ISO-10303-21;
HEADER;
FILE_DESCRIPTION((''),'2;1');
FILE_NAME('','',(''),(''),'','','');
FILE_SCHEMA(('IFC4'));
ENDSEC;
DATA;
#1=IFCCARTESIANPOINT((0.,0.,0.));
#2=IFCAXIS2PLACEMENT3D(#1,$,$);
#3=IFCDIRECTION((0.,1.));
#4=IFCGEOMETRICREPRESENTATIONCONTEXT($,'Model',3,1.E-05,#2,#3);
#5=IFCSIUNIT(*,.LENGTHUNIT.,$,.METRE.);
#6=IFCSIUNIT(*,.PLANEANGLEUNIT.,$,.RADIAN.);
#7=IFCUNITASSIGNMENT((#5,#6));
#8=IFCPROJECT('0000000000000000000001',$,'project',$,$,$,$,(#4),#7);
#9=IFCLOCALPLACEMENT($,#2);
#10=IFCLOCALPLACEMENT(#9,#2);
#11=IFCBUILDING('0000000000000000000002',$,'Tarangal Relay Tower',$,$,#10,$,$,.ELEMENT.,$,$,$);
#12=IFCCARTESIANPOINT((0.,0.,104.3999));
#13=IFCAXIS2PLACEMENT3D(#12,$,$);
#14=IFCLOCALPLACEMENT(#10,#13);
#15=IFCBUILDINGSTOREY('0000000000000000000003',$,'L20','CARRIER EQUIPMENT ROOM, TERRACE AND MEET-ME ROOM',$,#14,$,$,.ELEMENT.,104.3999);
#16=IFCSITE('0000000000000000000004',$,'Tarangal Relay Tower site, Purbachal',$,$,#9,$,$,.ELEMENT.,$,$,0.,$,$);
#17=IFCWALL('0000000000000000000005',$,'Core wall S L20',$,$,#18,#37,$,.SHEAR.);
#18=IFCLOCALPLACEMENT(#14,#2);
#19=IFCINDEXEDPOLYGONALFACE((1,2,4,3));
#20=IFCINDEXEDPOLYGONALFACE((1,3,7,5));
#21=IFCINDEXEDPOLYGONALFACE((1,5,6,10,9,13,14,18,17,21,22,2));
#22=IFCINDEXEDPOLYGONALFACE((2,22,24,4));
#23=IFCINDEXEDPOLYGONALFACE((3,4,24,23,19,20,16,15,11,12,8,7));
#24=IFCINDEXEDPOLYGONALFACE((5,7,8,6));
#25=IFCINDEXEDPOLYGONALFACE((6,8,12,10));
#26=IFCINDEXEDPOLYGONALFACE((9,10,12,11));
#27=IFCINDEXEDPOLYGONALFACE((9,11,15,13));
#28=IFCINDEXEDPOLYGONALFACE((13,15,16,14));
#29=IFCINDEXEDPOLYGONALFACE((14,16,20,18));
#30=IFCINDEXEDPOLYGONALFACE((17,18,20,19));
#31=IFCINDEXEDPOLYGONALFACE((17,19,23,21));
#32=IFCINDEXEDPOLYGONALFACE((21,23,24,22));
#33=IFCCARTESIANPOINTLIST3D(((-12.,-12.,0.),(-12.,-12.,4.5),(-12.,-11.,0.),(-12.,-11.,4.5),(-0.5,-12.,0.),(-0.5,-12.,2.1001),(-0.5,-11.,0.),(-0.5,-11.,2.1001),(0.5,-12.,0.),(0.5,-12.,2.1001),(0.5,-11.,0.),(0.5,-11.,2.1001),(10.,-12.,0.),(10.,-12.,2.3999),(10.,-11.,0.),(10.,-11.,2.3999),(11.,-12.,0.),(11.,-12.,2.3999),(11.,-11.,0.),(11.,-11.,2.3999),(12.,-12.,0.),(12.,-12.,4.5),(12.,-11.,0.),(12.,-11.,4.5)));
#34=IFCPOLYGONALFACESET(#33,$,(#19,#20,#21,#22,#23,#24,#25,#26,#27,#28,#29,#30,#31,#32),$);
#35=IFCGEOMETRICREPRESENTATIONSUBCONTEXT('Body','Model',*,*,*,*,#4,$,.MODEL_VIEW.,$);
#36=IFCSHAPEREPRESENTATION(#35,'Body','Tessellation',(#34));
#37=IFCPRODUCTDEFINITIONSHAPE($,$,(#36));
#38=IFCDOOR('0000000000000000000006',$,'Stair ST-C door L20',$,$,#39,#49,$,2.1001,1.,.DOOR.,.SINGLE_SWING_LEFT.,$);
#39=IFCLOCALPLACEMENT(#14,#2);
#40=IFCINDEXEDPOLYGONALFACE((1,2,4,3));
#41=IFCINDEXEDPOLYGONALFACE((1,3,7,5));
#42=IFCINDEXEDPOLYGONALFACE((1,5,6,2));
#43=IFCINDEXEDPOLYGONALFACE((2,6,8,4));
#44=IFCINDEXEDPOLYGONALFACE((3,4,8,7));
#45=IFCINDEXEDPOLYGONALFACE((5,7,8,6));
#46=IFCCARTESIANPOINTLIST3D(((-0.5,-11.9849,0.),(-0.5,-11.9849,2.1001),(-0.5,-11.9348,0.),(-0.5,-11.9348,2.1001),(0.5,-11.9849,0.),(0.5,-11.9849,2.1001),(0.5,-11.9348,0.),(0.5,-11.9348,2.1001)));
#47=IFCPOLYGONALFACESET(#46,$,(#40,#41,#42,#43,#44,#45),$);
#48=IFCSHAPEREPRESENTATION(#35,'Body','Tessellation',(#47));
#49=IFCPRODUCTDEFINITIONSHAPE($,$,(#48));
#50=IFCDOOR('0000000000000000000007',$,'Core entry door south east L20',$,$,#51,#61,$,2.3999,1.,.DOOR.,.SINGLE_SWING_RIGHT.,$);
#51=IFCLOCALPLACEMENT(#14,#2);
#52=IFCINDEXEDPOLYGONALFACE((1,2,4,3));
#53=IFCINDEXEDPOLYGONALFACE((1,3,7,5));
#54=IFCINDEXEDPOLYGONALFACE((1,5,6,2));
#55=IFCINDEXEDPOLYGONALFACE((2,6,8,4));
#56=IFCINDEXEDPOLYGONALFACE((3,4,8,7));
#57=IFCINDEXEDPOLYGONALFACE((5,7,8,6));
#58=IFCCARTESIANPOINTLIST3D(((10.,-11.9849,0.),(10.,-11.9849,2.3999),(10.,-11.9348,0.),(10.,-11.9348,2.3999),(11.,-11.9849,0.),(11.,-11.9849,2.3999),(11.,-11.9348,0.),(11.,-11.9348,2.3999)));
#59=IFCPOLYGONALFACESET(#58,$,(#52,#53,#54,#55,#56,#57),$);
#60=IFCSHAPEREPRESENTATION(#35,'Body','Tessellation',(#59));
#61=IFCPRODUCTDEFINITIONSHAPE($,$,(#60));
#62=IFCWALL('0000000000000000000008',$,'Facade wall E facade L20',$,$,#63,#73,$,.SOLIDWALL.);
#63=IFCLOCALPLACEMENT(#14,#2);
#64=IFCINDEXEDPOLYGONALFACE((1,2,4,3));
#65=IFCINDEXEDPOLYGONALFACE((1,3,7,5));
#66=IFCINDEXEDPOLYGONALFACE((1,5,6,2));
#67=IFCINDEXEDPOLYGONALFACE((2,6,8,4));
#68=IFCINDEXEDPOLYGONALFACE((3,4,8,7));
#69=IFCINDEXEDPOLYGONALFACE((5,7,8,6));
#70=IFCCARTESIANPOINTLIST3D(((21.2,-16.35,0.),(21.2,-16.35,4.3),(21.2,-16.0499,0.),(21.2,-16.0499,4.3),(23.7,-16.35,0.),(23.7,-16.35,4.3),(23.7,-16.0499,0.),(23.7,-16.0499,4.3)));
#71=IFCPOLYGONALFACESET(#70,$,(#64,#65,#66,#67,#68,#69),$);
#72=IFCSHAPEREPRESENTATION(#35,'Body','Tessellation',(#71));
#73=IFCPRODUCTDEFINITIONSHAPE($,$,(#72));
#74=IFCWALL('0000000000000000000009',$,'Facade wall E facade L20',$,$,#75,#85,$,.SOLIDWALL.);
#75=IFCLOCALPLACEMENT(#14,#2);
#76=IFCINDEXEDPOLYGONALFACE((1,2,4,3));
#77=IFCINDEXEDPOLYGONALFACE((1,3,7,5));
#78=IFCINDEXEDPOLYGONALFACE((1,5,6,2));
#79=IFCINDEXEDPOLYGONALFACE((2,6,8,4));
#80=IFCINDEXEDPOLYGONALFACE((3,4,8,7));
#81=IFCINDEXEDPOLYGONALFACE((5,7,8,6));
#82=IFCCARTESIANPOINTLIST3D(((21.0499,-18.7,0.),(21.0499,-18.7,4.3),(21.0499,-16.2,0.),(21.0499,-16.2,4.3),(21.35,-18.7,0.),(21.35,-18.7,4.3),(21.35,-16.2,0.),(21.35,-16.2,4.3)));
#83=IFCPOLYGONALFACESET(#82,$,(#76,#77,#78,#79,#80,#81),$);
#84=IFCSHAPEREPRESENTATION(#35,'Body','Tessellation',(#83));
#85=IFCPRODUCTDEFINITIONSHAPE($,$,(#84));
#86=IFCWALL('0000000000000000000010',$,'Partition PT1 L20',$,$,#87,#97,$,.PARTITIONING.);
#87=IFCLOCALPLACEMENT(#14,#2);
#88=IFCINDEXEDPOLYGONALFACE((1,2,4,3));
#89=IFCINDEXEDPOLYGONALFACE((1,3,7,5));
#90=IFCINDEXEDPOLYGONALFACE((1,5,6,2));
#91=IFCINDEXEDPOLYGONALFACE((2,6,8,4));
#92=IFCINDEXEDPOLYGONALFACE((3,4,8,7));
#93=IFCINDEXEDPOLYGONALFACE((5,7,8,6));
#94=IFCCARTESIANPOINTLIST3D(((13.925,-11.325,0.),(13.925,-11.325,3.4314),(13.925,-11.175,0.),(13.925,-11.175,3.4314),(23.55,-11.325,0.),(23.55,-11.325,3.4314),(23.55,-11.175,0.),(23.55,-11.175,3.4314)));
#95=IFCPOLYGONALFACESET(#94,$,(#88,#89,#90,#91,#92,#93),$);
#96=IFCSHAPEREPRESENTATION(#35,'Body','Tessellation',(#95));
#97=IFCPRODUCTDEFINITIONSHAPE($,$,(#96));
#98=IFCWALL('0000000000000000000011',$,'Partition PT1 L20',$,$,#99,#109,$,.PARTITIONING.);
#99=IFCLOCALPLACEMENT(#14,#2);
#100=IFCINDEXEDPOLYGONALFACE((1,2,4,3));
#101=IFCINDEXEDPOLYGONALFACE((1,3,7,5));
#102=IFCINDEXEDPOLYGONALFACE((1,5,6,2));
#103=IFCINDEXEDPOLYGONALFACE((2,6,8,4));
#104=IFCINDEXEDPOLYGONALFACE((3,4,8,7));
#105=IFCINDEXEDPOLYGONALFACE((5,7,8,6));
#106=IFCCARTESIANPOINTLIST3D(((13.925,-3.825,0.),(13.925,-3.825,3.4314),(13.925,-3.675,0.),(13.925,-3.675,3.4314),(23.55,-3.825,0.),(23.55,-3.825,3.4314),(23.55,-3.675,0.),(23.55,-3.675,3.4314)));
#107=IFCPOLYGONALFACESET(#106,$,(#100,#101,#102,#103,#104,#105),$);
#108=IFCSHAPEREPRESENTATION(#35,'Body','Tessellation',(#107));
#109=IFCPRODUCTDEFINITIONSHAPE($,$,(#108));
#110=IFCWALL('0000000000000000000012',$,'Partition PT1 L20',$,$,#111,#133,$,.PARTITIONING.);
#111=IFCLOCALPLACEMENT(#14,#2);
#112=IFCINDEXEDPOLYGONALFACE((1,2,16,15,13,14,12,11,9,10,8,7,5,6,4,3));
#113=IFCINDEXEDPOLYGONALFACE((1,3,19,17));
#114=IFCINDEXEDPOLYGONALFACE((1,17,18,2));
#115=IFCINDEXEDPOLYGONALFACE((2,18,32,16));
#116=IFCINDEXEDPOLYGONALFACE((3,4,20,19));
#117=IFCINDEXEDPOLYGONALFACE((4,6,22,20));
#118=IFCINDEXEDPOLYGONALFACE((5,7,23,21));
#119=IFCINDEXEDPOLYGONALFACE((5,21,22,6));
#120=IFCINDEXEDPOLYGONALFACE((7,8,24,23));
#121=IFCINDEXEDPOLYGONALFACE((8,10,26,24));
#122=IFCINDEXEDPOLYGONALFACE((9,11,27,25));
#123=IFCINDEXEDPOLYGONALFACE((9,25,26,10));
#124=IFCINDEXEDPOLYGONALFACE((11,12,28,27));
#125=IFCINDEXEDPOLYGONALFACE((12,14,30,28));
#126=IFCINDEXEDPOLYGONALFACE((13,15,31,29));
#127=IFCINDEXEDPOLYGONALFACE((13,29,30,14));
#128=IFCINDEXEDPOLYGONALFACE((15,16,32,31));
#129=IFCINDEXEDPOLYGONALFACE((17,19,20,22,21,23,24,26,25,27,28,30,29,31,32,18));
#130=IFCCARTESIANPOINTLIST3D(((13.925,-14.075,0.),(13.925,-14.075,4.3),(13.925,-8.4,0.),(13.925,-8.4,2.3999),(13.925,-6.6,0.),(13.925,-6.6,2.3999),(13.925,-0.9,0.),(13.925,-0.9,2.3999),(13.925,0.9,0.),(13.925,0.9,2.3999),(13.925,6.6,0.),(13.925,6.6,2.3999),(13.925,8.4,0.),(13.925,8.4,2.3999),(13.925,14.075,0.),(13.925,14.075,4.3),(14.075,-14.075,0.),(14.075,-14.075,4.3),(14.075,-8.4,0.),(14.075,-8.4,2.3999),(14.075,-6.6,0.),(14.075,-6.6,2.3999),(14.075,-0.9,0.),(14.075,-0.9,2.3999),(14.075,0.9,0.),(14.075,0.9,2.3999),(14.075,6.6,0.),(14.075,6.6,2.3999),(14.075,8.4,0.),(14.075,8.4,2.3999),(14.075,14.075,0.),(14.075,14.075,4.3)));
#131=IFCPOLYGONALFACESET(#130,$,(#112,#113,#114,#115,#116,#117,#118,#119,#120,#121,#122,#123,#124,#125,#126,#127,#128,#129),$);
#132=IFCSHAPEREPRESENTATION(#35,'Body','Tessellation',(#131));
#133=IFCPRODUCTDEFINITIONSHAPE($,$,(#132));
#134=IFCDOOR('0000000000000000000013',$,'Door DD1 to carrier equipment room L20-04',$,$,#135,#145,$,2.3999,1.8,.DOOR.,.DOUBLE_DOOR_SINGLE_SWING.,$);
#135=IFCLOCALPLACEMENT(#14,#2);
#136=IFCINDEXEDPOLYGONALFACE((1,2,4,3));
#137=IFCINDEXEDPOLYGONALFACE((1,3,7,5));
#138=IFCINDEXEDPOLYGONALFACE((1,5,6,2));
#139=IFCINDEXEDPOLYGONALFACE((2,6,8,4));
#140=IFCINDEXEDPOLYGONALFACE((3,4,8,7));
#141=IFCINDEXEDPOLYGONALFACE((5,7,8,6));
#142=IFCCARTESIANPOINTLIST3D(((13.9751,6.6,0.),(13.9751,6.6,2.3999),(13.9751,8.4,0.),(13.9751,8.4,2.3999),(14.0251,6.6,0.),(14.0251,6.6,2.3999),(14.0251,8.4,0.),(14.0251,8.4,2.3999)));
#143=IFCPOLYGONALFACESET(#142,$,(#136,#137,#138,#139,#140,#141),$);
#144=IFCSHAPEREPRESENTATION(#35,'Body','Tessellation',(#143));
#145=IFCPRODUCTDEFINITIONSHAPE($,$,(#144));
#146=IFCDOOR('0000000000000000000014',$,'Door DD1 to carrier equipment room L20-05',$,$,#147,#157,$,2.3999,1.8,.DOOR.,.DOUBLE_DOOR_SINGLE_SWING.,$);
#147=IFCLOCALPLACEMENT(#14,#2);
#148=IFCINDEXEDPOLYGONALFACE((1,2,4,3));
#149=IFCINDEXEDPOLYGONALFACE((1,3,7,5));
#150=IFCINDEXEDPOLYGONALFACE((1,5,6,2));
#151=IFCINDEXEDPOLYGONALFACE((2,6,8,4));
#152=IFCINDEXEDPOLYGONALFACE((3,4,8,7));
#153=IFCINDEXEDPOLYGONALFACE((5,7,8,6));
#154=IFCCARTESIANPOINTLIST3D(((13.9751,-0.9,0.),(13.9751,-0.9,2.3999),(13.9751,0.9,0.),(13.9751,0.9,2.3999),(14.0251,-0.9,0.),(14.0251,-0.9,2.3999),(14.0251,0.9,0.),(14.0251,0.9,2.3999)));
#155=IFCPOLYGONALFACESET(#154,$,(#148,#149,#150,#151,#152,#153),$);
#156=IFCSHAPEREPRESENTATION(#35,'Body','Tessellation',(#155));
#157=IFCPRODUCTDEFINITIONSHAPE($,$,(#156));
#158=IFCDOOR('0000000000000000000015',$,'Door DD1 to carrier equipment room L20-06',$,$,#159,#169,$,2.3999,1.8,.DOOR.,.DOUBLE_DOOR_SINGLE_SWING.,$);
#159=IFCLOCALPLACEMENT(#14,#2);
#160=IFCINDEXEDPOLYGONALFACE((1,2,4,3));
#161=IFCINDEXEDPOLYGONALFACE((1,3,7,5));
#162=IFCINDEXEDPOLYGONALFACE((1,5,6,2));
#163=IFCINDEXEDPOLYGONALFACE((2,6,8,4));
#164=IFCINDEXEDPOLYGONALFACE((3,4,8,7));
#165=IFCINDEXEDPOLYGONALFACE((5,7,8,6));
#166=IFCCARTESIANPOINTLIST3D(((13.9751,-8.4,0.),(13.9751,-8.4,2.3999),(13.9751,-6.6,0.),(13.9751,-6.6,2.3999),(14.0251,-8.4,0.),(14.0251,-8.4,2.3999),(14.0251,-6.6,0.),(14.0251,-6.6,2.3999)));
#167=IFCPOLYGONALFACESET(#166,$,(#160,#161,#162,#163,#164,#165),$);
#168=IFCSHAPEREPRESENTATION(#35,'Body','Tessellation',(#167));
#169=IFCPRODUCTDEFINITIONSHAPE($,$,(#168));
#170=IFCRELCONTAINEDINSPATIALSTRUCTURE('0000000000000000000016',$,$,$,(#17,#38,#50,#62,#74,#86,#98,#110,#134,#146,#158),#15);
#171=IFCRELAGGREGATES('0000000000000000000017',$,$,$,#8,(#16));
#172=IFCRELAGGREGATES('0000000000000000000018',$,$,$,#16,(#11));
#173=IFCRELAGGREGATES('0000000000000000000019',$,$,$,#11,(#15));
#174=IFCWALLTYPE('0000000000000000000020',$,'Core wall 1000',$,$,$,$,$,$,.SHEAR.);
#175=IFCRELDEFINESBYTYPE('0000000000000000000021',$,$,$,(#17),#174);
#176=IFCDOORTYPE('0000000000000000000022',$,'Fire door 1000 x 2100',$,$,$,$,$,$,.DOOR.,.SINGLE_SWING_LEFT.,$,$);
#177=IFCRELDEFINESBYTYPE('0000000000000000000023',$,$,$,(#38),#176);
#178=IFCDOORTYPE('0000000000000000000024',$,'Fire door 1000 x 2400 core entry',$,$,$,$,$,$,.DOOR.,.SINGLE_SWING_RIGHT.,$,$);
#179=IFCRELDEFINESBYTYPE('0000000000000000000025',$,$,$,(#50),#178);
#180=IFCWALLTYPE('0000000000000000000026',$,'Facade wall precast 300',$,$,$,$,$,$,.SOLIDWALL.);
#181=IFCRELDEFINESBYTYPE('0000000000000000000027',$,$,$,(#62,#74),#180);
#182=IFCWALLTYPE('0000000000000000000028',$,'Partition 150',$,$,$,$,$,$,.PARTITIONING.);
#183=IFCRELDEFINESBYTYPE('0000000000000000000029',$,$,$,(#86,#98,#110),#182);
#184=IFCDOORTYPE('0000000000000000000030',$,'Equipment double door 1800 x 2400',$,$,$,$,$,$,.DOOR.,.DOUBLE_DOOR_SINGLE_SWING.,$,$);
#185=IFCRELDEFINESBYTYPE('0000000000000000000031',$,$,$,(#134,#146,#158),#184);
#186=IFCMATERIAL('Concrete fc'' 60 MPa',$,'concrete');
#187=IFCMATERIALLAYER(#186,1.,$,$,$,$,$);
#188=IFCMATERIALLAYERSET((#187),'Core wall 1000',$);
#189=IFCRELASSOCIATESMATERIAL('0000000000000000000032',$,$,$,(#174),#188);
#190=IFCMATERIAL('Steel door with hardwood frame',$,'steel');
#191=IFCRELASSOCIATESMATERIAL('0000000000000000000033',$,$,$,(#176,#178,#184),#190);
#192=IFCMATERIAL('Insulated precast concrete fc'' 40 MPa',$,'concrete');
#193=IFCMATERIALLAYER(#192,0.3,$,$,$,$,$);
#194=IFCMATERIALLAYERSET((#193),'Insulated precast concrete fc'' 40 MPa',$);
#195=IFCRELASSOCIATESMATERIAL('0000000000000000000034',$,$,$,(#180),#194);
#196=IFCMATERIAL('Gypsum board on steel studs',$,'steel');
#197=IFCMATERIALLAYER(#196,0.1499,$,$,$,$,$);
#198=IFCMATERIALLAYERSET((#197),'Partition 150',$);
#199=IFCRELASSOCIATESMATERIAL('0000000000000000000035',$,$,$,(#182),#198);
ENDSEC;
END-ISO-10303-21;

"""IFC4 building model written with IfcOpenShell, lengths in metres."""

from ifc_helpers import new_model, si_unit, direction, frame, frame_2d, origin, place, context, subcontext, project, spatial, rectangle, extrude, material, layer, layer_set, type_object, element, fill, save


model = new_model("IFC4")

# Units and contexts
model_context = context("Model", 3, precision=1e-05, world=origin(), true_north=direction((0.0, 1.0)))
body_context = subcontext(model_context, "Body", "Model", "MODEL_VIEW")
ifc_project = project(units=[si_unit("LENGTHUNIT", "METRE"), si_unit("PLANEANGLEUNIT", "RADIAN")], contexts=[model_context])

# Site, building, storey
site_placement = place(None, origin())
site = spatial("IfcSite", under=ifc_project, at=site_placement, Name="Tarangal Relay Tower site, Purbachal", CompositionType="ELEMENT", RefElevation=0.0)
building_placement = place(site_placement, origin())
building = spatial("IfcBuilding", under=site, at=building_placement, Name="Tarangal Relay Tower", CompositionType="ELEMENT")
storey_placement = place(building_placement, frame((0.0, 0.0, 104.3999)))
storey = spatial("IfcBuildingStorey", under=building, at=storey_placement, Name="L20", Description="CARRIER EQUIPMENT ROOM, TERRACE AND MEET-ME ROOM", CompositionType="ELEMENT", Elevation=104.3999)

# Shared definitions
ifc_material_1 = material(Name="Concrete fc' 60 MPa", Category="concrete")

# Wall, openings, doors
ifc_layer_1 = layer(ifc_material_1, 1.0)
ifc_layer_set_1 = layer_set([ifc_layer_1], Name="Core wall 1000")
wall_type_1 = type_object("IfcWallType", Name="Core wall 1000", PredefinedType="SHEAR", material=ifc_layer_set_1)
wall_1_placement = place(storey_placement, frame((12.0, -11.5, 0.0), z_axis=(0.0, 0.0, 1.0), x_axis=(-1.0, 0.0, 0.0)))
wall_1 = element("IfcWall", 1, at=wall_1_placement, inside=storey, type_object=wall_type_1, Name="Core wall S L20", PredefinedType="SHEAR", context=body_context, shape_type="SweptSolid", body=[
    extrude(rectangle(XDim=24.0, YDim=1.0, at=frame_2d((12.0, 0.0))), origin(), (0.0, 0.0, 1.0), 4.5),
])
opening_1_placement = place(wall_1_placement, frame((11.5, 0.0, 0.0)))
opening_1 = element("IfcOpeningElement", 2, at=opening_1_placement, cuts=wall_1, PredefinedType="OPENING", context=body_context, shape_type="SweptSolid", body=[
    extrude(rectangle(XDim=1.0, YDim=2.1001, at=frame_2d((0.5, 1.05))), frame((0.0, 0.51, 0.0), z_axis=(0.0, -1.0, 0.0), x_axis=(1.0, 0.0, 0.0)), (0.0, 0.0, 1.0), 1.02),
])
opening_2_placement = place(wall_1_placement, frame((1.0, 0.0, 0.0)))
opening_2 = element("IfcOpeningElement", 3, at=opening_2_placement, cuts=wall_1, PredefinedType="OPENING", context=body_context, shape_type="SweptSolid", body=[
    extrude(rectangle(XDim=1.0, YDim=2.3999, at=frame_2d((0.5, 1.2))), frame((0.0, 0.51, 0.0), z_axis=(0.0, -1.0, 0.0), x_axis=(1.0, 0.0, 0.0)), (0.0, 0.0, 1.0), 1.02),
])
ifc_material_2 = material(Name="Steel door with hardwood frame", Category="steel")
door_type_1 = type_object("IfcDoorType", Name="Fire door 1000 x 2100", OperationType="SINGLE_SWING_LEFT", PredefinedType="DOOR", material=ifc_material_2)
door_1_placement = place(opening_1_placement, origin())
door_1 = element("IfcDoor", 4, at=door_1_placement, inside=storey, type_object=door_type_1, Name="Stair ST-C door L20", OperationType="SINGLE_SWING_LEFT", OverallHeight=2.1001, OverallWidth=1.0, PredefinedType="DOOR", context=body_context, shape_type="SweptSolid", body=[
    extrude(rectangle(XDim=1.0, YDim=2.1001, at=frame_2d((0.5, 1.05))), frame((0.0, 0.4849, 0.0), z_axis=(0.0, -1.0, 0.0), x_axis=(1.0, 0.0, 0.0)), (0.0, 0.0, 1.0), 0.05),
])
fill(opening_1, door_1)
door_type_2 = type_object("IfcDoorType", Name="Fire door 1000 x 2400 core entry", OperationType="SINGLE_SWING_RIGHT", PredefinedType="DOOR", material=ifc_material_2)
door_2_placement = place(opening_2_placement, origin())
door_2 = element("IfcDoor", 5, at=door_2_placement, inside=storey, type_object=door_type_2, Name="Core entry door south east L20", OperationType="SINGLE_SWING_RIGHT", OverallHeight=2.3999, OverallWidth=1.0, PredefinedType="DOOR", context=body_context, shape_type="SweptSolid", body=[
    extrude(rectangle(XDim=1.0, YDim=2.3999, at=frame_2d((0.5, 1.2))), frame((0.0, 0.4849, 0.0), z_axis=(0.0, -1.0, 0.0), x_axis=(1.0, 0.0, 0.0)), (0.0, 0.0, 1.0), 0.05),
])
fill(opening_2, door_2)

# Walls
ifc_material_3 = material(Name="Insulated precast concrete fc' 40 MPa", Category="concrete")
ifc_layer_2 = layer(ifc_material_3, 0.3)
ifc_layer_set_2 = layer_set([ifc_layer_2], Name="Insulated precast concrete fc' 40 MPa")
wall_type_2 = type_object("IfcWallType", Name="Facade wall precast 300", PredefinedType="SOLIDWALL", material=ifc_layer_set_2)
for number, where, z_axis, x_axis, name in (
    (6, (23.7, -16.2, 0.0), (0.0, 0.0, 1.0), (-1.0, 0.0, 0.0), "Facade wall E facade L20"),
    (7, (21.2, -16.2, 0.0), (0.0, 0.0, 1.0), (0.0, -1.0, 0.0), "Facade wall E facade L20"),
):
    element("IfcWall", number, at=place(storey_placement, frame(where, z_axis=z_axis, x_axis=x_axis)), inside=storey, type_object=wall_type_2, Name=name, PredefinedType="SOLIDWALL", context=body_context, shape_type="SweptSolid", body=[
        extrude(rectangle(XDim=2.5, YDim=0.3, at=frame_2d((1.25, 0.0))), origin(), (0.0, 0.0, 1.0), 4.3),
    ])
ifc_material_4 = material(Name="Gypsum board on steel studs", Category="steel")
ifc_layer_3 = layer(ifc_material_4, 0.1499)
ifc_layer_set_3 = layer_set([ifc_layer_3], Name="Partition 150")
wall_type_3 = type_object("IfcWallType", Name="Partition 150", PredefinedType="PARTITIONING", material=ifc_layer_set_3)
for number, where, z_axis, x_axis, name in (
    (8, (13.925, -11.25, 0.0), (0.0, 0.0, 1.0), (1.0, 0.0, 0.0), "Partition PT1 L20"),
    (9, (13.925, -3.75, 0.0), (0.0, 0.0, 1.0), (1.0, 0.0, 0.0), "Partition PT1 L20"),
):
    element("IfcWall", number, at=place(storey_placement, frame(where, z_axis=z_axis, x_axis=x_axis)), inside=storey, type_object=wall_type_3, Name=name, PredefinedType="PARTITIONING", context=body_context, shape_type="SweptSolid", body=[
        extrude(rectangle(XDim=9.625, YDim=0.1499, at=frame_2d((4.8125, 0.0))), origin(), (0.0, 0.0, 1.0), 3.4314),
    ])

# Wall, openings, doors
wall_2_placement = place(storey_placement, frame((14.0, -14.075, 0.0), z_axis=(0.0, 0.0, 1.0), x_axis=(0.0, 1.0, 0.0)))
wall_2 = element("IfcWall", 10, at=wall_2_placement, inside=storey, type_object=wall_type_3, Name="Partition PT1 L20", PredefinedType="PARTITIONING", context=body_context, shape_type="SweptSolid", body=[
    extrude(rectangle(XDim=28.1499, YDim=0.1499, at=frame_2d((14.075, 0.0))), origin(), (0.0, 0.0, 1.0), 4.3),
])
opening_3_placement = place(wall_2_placement, frame((20.675, 0.0, 0.0)))
opening_3 = element("IfcOpeningElement", 11, at=opening_3_placement, cuts=wall_2, PredefinedType="OPENING", context=body_context, shape_type="SweptSolid", body=[
    extrude(rectangle(XDim=1.8, YDim=2.3999, at=frame_2d((0.8999, 1.2))), frame((0.0, 0.085, 0.0), z_axis=(0.0, -1.0, 0.0), x_axis=(1.0, 0.0, 0.0)), (0.0, 0.0, 1.0), 0.1699),
])
opening_4_placement = place(wall_2_placement, frame((13.175, 0.0, 0.0)))
opening_4 = element("IfcOpeningElement", 12, at=opening_4_placement, cuts=wall_2, PredefinedType="OPENING", context=body_context, shape_type="SweptSolid", body=[
    extrude(rectangle(XDim=1.8, YDim=2.3999, at=frame_2d((0.8999, 1.2))), frame((0.0, 0.085, 0.0), z_axis=(0.0, -1.0, 0.0), x_axis=(1.0, 0.0, 0.0)), (0.0, 0.0, 1.0), 0.1699),
])
opening_5_placement = place(wall_2_placement, frame((5.675, 0.0, 0.0)))
opening_5 = element("IfcOpeningElement", 13, at=opening_5_placement, cuts=wall_2, PredefinedType="OPENING", context=body_context, shape_type="SweptSolid", body=[
    extrude(rectangle(XDim=1.8, YDim=2.3999, at=frame_2d((0.8999, 1.2))), frame((0.0, 0.085, 0.0), z_axis=(0.0, -1.0, 0.0), x_axis=(1.0, 0.0, 0.0)), (0.0, 0.0, 1.0), 0.1699),
])
door_type_3 = type_object("IfcDoorType", Name="Equipment double door 1800 x 2400", OperationType="DOUBLE_DOOR_SINGLE_SWING", PredefinedType="DOOR", material=ifc_material_2)
door_3_placement = place(opening_3_placement, origin())
door_3 = element("IfcDoor", 14, at=door_3_placement, inside=storey, type_object=door_type_3, Name="Door DD1 to carrier equipment room L20-04", OperationType="DOUBLE_DOOR_SINGLE_SWING", OverallHeight=2.3999, OverallWidth=1.8, PredefinedType="DOOR", context=body_context, shape_type="SweptSolid", body=[
    extrude(rectangle(XDim=1.8, YDim=2.3999, at=frame_2d((0.8999, 1.2))), frame((0.0, 0.0249, 0.0), z_axis=(0.0, -1.0, 0.0), x_axis=(1.0, 0.0, 0.0)), (0.0, 0.0, 1.0), 0.05),
])
fill(opening_3, door_3)
door_4_placement = place(opening_4_placement, origin())
door_4 = element("IfcDoor", 15, at=door_4_placement, inside=storey, type_object=door_type_3, Name="Door DD1 to carrier equipment room L20-05", OperationType="DOUBLE_DOOR_SINGLE_SWING", OverallHeight=2.3999, OverallWidth=1.8, PredefinedType="DOOR", context=body_context, shape_type="SweptSolid", body=[
    extrude(rectangle(XDim=1.8, YDim=2.3999, at=frame_2d((0.8999, 1.2))), frame((0.0, 0.0249, 0.0), z_axis=(0.0, -1.0, 0.0), x_axis=(1.0, 0.0, 0.0)), (0.0, 0.0, 1.0), 0.05),
])
fill(opening_4, door_4)
door_5_placement = place(opening_5_placement, origin())
door_5 = element("IfcDoor", 16, at=door_5_placement, inside=storey, type_object=door_type_3, Name="Door DD1 to carrier equipment room L20-06", OperationType="DOUBLE_DOOR_SINGLE_SWING", OverallHeight=2.3999, OverallWidth=1.8, PredefinedType="DOOR", context=body_context, shape_type="SweptSolid", body=[
    extrude(rectangle(XDim=1.8, YDim=2.3999, at=frame_2d((0.8999, 1.2))), frame((0.0, 0.0249, 0.0), z_axis=(0.0, -1.0, 0.0), x_axis=(1.0, 0.0, 0.0)), (0.0, 0.0, 1.0), 0.05),
])
fill(opening_5, door_5)

save(model, "model.ifc")
